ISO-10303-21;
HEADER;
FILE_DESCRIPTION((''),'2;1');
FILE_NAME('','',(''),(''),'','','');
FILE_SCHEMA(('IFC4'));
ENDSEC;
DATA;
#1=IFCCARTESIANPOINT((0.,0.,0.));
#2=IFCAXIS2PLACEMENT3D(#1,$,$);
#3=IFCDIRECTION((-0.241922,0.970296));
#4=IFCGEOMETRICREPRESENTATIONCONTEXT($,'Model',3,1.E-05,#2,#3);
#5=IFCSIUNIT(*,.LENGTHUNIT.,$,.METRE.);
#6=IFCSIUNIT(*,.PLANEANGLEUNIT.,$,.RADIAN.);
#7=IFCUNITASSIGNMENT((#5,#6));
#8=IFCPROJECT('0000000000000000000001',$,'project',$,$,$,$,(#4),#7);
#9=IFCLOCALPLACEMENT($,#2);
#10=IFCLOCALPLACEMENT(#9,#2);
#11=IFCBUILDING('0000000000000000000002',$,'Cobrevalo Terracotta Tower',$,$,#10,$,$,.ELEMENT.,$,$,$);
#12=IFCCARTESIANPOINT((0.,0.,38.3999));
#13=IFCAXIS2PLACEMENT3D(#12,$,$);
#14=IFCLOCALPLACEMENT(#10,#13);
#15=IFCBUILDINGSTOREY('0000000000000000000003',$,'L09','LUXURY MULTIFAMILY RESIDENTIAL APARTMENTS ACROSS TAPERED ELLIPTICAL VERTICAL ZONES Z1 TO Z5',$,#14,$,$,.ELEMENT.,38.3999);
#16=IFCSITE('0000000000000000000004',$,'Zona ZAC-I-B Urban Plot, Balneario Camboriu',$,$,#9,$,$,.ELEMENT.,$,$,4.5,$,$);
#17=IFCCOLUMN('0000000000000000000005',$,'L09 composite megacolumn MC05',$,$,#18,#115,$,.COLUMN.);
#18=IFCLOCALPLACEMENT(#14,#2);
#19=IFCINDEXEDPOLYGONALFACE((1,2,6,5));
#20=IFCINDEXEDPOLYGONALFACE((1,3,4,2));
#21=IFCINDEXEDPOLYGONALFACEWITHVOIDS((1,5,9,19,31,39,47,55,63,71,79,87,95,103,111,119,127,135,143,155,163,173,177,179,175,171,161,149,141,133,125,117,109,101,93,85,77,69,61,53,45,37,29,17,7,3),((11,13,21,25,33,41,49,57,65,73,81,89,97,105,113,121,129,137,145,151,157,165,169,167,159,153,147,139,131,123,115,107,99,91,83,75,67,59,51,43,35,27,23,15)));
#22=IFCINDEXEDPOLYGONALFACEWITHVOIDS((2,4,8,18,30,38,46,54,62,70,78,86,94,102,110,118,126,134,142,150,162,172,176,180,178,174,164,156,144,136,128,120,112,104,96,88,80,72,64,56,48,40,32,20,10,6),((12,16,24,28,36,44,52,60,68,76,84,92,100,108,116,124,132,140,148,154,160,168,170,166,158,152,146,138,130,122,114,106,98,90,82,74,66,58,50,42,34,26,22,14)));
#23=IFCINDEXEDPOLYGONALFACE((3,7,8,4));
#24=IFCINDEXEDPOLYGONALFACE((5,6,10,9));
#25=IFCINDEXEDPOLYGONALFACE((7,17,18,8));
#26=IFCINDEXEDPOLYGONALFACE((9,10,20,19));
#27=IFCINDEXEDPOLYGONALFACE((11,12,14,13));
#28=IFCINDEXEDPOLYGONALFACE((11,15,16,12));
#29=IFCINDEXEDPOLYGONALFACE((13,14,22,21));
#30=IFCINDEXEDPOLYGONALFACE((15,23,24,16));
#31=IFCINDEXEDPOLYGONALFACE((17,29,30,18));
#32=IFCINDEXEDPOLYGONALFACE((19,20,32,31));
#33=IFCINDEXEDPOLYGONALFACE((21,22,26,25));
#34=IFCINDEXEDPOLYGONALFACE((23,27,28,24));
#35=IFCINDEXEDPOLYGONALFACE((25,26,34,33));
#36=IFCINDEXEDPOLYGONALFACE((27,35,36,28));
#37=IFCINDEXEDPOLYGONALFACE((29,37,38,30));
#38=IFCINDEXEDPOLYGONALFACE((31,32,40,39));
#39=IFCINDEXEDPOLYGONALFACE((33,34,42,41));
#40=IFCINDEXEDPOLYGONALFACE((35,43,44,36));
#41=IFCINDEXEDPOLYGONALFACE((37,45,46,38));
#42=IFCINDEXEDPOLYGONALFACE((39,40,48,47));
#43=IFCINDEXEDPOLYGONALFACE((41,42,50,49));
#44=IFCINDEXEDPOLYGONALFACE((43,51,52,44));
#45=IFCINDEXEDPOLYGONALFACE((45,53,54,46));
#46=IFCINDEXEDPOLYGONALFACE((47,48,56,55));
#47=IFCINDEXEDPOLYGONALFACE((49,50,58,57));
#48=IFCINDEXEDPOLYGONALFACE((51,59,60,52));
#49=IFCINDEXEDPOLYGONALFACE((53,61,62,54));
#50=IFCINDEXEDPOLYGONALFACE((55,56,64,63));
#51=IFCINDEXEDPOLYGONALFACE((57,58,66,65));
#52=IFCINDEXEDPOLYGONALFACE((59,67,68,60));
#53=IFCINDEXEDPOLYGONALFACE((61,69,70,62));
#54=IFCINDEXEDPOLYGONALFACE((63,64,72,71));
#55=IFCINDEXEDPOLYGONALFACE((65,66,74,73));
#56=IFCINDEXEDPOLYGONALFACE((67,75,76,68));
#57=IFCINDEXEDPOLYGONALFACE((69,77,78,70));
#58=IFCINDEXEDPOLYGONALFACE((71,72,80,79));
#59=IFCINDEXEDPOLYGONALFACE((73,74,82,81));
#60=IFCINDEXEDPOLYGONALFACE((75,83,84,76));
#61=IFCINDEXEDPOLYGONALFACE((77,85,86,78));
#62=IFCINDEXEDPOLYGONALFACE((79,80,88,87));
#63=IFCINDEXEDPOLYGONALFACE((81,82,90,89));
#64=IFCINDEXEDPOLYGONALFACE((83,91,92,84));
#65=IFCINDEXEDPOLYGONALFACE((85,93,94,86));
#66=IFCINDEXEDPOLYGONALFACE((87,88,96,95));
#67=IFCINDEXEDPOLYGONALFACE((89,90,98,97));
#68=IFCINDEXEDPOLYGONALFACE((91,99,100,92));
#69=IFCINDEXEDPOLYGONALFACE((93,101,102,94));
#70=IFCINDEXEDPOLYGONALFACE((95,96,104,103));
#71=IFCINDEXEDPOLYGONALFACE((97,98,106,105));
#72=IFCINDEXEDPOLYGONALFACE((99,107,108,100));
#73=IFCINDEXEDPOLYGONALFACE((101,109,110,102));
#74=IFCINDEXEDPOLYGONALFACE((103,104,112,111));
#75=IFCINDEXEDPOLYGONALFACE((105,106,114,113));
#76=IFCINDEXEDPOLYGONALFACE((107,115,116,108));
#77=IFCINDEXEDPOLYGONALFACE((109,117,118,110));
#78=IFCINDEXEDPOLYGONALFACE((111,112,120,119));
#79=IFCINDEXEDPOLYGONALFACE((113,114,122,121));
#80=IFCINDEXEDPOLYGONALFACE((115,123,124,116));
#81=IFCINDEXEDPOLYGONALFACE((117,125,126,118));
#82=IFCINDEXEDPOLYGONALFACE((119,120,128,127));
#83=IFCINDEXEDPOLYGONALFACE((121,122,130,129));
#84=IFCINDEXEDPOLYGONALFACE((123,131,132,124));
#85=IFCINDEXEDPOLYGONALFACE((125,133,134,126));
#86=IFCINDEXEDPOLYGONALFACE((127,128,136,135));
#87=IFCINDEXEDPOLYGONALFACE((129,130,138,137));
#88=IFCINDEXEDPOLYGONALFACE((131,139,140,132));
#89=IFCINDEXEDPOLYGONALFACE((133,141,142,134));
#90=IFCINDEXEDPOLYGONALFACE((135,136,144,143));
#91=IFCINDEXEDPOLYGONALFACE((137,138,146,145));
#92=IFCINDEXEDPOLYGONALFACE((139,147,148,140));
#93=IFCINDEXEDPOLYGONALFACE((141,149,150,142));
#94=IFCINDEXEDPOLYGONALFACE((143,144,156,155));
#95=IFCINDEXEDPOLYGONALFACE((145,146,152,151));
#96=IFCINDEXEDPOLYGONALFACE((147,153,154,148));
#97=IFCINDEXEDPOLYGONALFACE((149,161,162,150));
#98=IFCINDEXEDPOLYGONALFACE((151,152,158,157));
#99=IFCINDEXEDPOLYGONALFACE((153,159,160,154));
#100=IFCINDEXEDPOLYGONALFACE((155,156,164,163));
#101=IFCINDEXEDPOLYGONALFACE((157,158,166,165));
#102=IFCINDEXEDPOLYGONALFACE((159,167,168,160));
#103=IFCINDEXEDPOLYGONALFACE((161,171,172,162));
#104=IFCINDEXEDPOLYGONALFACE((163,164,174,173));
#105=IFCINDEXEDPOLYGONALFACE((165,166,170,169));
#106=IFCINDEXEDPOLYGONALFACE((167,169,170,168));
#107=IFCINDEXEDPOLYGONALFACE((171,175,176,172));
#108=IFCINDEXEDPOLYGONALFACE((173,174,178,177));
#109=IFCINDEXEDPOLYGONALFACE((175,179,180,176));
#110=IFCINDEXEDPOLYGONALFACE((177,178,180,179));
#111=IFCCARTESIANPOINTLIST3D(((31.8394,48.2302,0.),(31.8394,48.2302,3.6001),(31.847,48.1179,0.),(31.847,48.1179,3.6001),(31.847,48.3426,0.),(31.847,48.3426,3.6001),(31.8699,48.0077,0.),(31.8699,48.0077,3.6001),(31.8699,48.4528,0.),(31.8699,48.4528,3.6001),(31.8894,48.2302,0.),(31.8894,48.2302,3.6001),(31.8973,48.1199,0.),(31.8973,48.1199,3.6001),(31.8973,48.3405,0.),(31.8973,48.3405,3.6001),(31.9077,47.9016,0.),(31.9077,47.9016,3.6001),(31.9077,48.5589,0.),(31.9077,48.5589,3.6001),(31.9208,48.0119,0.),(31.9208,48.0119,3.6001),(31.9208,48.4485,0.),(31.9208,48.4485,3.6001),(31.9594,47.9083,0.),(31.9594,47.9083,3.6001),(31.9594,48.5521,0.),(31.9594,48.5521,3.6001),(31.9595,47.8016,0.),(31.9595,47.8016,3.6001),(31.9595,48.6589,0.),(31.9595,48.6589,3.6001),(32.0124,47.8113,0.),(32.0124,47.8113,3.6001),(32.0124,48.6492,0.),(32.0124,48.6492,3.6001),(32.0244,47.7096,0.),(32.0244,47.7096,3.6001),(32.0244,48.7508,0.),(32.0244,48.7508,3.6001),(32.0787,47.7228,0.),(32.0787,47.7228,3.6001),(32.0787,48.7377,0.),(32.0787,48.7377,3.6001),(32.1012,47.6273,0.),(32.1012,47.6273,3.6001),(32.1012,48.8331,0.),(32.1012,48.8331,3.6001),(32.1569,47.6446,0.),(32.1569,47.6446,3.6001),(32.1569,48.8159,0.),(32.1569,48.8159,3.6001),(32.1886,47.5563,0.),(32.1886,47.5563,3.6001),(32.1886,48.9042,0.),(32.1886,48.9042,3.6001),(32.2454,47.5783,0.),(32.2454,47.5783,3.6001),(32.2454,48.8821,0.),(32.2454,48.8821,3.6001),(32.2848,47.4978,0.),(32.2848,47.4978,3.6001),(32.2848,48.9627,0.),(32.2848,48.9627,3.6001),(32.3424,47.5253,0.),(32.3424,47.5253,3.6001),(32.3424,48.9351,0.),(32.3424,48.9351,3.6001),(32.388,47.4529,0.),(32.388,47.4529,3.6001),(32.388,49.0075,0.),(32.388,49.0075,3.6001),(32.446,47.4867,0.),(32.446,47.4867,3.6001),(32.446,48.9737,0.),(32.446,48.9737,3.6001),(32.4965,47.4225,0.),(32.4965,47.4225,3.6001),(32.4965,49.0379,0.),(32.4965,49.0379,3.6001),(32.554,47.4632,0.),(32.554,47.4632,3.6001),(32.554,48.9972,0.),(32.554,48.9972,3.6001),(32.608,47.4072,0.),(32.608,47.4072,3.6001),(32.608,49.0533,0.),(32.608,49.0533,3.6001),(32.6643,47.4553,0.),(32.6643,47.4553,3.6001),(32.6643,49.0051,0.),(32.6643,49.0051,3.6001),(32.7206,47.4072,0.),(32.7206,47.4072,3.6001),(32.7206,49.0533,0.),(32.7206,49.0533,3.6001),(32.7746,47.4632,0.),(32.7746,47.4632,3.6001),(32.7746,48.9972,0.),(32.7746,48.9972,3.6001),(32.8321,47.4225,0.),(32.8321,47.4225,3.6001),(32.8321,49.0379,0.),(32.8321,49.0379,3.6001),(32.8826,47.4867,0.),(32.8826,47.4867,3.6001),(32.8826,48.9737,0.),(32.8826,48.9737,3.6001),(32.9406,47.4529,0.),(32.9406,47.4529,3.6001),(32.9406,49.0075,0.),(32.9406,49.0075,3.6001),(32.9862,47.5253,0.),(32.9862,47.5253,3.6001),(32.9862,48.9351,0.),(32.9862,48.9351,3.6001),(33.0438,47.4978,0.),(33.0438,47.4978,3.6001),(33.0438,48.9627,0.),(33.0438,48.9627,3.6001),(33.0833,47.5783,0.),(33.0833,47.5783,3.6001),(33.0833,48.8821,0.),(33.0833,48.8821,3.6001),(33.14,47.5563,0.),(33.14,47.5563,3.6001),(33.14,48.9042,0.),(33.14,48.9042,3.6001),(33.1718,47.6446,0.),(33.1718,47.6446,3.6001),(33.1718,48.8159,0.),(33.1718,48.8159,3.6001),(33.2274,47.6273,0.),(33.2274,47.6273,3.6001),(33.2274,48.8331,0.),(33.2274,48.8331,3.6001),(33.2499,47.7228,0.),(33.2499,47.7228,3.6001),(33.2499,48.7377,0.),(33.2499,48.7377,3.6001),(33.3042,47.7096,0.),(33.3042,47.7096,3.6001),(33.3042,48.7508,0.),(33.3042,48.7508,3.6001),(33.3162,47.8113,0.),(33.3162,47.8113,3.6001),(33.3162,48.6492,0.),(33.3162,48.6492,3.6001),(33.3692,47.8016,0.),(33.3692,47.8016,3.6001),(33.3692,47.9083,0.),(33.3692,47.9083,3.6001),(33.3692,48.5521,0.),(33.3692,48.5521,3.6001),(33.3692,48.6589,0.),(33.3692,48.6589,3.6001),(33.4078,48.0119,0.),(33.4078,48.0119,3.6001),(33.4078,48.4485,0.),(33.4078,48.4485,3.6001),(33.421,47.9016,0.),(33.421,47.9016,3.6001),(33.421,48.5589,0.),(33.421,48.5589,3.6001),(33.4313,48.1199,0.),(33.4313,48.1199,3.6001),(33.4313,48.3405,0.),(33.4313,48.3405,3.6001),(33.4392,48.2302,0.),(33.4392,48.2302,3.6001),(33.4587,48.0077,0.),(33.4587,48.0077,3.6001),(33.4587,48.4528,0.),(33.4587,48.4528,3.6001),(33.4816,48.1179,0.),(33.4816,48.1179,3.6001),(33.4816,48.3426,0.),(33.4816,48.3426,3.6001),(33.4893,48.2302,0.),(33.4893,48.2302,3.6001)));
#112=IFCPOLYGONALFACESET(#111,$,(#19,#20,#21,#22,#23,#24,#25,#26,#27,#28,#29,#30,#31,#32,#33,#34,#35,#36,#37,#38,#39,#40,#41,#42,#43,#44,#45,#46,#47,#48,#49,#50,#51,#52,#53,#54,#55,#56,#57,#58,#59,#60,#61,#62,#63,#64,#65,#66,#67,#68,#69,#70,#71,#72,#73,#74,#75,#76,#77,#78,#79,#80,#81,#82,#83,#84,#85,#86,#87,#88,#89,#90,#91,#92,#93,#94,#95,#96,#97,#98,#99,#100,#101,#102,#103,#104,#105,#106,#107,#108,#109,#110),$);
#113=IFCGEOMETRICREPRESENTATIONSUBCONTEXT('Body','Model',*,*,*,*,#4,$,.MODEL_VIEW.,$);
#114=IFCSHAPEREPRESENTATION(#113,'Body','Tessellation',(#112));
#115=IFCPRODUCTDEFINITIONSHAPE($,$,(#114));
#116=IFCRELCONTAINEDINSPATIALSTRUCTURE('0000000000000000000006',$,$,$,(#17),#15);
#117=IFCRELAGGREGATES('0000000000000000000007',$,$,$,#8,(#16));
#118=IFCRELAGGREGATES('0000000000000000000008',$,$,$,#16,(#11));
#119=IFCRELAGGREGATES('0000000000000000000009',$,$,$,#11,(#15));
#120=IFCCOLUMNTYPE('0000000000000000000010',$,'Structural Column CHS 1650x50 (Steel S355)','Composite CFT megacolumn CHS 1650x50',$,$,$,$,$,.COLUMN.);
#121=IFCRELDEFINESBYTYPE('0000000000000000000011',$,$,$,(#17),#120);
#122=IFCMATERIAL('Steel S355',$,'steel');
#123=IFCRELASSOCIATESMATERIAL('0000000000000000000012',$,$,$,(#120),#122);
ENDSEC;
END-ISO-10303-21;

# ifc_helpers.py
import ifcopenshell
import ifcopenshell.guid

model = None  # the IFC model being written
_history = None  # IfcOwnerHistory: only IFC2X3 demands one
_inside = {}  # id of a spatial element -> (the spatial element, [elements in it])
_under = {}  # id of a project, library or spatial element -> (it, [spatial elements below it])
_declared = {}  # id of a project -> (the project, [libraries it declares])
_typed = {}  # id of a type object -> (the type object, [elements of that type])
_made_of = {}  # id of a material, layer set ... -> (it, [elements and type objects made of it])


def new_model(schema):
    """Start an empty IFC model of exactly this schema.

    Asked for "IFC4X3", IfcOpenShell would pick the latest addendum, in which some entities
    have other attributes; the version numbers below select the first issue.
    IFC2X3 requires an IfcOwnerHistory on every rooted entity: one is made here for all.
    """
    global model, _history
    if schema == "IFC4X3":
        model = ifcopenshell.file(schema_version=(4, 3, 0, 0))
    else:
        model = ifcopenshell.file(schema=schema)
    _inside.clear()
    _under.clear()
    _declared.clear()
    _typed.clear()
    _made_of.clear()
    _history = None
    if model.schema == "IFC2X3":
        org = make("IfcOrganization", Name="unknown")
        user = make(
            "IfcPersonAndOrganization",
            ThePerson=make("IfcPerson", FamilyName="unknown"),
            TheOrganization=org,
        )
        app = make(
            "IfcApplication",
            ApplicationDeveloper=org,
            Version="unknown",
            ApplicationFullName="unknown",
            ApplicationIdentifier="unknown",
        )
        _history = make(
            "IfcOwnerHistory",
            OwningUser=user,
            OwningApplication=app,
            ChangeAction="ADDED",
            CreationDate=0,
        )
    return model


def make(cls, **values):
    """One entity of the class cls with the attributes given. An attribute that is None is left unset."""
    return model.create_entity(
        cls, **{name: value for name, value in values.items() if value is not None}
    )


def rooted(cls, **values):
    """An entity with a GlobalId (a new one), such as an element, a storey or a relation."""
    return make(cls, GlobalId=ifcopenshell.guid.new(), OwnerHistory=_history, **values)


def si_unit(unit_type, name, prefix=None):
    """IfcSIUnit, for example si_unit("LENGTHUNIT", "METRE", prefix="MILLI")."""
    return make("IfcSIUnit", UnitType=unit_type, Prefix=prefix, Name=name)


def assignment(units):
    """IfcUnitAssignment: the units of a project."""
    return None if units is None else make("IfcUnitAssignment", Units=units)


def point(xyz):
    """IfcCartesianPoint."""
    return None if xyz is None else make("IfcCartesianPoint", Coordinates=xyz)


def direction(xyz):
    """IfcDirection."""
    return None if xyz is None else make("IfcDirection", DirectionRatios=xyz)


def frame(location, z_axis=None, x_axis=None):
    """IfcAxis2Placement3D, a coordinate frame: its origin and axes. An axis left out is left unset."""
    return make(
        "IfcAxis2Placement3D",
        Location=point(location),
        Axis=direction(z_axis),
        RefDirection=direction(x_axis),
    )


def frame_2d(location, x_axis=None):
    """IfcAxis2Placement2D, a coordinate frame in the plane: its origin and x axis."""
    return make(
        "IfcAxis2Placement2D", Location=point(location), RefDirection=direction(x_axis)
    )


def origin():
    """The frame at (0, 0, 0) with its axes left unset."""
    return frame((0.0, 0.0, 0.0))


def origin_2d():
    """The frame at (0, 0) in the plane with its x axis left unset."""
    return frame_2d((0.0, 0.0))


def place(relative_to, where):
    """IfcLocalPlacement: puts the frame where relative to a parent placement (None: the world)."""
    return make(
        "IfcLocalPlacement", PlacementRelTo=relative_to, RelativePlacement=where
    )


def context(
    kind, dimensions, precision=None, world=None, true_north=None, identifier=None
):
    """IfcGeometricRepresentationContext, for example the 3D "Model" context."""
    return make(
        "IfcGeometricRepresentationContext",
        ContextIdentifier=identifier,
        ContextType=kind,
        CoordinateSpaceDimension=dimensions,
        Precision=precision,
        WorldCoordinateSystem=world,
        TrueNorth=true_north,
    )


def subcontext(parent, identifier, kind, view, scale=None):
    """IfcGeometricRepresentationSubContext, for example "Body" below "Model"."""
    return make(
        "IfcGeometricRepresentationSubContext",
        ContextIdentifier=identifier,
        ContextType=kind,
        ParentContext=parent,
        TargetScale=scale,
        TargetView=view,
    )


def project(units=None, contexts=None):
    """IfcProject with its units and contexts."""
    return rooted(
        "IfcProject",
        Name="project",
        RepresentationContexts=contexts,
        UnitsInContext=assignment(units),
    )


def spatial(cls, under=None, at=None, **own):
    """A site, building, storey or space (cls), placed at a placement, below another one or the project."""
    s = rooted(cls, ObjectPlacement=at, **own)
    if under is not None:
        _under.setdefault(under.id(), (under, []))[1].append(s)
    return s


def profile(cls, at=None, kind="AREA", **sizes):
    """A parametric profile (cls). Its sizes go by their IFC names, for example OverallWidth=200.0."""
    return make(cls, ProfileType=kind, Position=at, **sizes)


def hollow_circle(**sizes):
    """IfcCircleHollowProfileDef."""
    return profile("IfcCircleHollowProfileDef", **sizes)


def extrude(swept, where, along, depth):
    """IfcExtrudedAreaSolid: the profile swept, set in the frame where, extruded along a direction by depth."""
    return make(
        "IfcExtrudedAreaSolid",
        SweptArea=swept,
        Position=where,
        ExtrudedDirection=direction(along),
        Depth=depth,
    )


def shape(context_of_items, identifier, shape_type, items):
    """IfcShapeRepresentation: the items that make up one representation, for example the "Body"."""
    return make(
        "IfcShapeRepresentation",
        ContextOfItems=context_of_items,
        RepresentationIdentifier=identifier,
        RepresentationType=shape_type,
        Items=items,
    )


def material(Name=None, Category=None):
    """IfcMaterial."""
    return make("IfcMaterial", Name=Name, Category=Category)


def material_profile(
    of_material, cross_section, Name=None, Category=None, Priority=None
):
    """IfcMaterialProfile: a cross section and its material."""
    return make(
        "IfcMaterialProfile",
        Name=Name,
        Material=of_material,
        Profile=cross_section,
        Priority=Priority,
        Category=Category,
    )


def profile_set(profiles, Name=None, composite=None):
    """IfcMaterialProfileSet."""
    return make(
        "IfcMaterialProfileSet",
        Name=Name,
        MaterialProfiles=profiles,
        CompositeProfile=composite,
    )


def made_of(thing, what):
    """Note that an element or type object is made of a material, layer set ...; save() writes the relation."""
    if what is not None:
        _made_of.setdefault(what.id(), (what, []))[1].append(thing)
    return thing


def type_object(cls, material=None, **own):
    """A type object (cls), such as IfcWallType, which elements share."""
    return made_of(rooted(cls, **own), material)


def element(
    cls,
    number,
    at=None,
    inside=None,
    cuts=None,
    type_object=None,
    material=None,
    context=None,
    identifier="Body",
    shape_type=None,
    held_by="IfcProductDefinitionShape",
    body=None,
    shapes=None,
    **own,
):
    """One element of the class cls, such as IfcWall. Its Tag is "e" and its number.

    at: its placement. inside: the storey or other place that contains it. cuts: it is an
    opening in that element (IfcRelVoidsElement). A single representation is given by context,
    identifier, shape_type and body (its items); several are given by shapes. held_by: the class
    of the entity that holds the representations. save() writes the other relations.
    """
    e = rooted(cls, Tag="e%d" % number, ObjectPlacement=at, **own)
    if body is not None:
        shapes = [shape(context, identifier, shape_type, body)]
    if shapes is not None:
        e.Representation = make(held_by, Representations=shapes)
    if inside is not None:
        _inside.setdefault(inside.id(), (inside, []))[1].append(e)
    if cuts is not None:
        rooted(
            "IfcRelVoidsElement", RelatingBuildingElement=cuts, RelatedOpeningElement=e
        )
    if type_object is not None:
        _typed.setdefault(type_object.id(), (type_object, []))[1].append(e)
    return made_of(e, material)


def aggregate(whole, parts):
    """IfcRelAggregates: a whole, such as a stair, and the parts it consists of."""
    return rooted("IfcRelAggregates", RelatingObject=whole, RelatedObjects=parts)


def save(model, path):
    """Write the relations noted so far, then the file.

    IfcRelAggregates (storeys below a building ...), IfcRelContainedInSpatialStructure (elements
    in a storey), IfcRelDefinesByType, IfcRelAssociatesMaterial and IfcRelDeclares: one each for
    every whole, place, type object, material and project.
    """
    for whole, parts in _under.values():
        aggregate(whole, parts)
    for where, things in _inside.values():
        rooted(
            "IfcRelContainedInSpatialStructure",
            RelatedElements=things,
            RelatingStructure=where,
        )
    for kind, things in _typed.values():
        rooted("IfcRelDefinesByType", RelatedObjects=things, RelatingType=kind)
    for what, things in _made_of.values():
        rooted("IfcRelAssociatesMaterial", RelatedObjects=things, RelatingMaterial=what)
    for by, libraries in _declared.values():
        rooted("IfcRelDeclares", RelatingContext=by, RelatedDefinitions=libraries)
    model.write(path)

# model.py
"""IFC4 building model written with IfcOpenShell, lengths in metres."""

from ifc_helpers import new_model, si_unit, direction, frame, origin, origin_2d, place, context, subcontext, project, spatial, hollow_circle, extrude, material, material_profile, profile_set, type_object, element, save


model = new_model("IFC4")

# Units and contexts
model_context = context("Model", 3, precision=1e-05, world=origin(), true_north=direction((-0.241922, 0.970296)))
body_context = subcontext(model_context, "Body", "Model", "MODEL_VIEW")
ifc_project = project(units=[si_unit("LENGTHUNIT", "METRE"), si_unit("PLANEANGLEUNIT", "RADIAN")], contexts=[model_context])

# Site, building, storey
site_placement = place(None, origin())
site = spatial("IfcSite", under=ifc_project, at=site_placement, Name="Zona ZAC-I-B Urban Plot, Balneario Camboriu", CompositionType="ELEMENT", RefElevation=4.5)
building_placement = place(site_placement, origin())
building = spatial("IfcBuilding", under=site, at=building_placement, Name="Cobrevalo Terracotta Tower", CompositionType="ELEMENT")
storey_placement = place(building_placement, frame((0.0, 0.0, 38.3999)))
storey = spatial("IfcBuildingStorey", under=building, at=storey_placement, Name="L09", Description="LUXURY MULTIFAMILY RESIDENTIAL APARTMENTS ACROSS TAPERED ELLIPTICAL VERTICAL ZONES Z1 TO Z5", CompositionType="ELEMENT", Elevation=38.3999)

# Column
ifc_material_1 = material(Name="Steel S355", Category="steel")
ifc_material_profile_1 = material_profile(ifc_material_1, hollow_circle(Radius=0.825, WallThickness=0.05, at=origin_2d()), Name="CHS 1650x50")
ifc_profile_set_1 = profile_set([ifc_material_profile_1], Name="Steel S355")
column_type = type_object("IfcColumnType", Name="Structural Column CHS 1650x50 (Steel S355)", Description="Composite CFT megacolumn CHS 1650x50", PredefinedType="COLUMN", material=ifc_profile_set_1)
for number, where, z_axis, x_axis, name in (
    (1, (32.6643, 48.2302, 0.0), (0.0, 0.0, 1.0), (1.0, 0.0, 0.0), "L09 composite megacolumn MC05"),
):
    element("IfcColumn", number, at=place(storey_placement, frame(where, z_axis=z_axis, x_axis=x_axis)), inside=storey, type_object=column_type, Name=name, PredefinedType="COLUMN", context=body_context, shape_type="SweptSolid", body=[
        extrude(hollow_circle(Radius=0.825, WallThickness=0.05, at=origin_2d()), origin(), (0.0, 0.0, 1.0), 3.6001),
    ])

save(model, "model.ifc")
